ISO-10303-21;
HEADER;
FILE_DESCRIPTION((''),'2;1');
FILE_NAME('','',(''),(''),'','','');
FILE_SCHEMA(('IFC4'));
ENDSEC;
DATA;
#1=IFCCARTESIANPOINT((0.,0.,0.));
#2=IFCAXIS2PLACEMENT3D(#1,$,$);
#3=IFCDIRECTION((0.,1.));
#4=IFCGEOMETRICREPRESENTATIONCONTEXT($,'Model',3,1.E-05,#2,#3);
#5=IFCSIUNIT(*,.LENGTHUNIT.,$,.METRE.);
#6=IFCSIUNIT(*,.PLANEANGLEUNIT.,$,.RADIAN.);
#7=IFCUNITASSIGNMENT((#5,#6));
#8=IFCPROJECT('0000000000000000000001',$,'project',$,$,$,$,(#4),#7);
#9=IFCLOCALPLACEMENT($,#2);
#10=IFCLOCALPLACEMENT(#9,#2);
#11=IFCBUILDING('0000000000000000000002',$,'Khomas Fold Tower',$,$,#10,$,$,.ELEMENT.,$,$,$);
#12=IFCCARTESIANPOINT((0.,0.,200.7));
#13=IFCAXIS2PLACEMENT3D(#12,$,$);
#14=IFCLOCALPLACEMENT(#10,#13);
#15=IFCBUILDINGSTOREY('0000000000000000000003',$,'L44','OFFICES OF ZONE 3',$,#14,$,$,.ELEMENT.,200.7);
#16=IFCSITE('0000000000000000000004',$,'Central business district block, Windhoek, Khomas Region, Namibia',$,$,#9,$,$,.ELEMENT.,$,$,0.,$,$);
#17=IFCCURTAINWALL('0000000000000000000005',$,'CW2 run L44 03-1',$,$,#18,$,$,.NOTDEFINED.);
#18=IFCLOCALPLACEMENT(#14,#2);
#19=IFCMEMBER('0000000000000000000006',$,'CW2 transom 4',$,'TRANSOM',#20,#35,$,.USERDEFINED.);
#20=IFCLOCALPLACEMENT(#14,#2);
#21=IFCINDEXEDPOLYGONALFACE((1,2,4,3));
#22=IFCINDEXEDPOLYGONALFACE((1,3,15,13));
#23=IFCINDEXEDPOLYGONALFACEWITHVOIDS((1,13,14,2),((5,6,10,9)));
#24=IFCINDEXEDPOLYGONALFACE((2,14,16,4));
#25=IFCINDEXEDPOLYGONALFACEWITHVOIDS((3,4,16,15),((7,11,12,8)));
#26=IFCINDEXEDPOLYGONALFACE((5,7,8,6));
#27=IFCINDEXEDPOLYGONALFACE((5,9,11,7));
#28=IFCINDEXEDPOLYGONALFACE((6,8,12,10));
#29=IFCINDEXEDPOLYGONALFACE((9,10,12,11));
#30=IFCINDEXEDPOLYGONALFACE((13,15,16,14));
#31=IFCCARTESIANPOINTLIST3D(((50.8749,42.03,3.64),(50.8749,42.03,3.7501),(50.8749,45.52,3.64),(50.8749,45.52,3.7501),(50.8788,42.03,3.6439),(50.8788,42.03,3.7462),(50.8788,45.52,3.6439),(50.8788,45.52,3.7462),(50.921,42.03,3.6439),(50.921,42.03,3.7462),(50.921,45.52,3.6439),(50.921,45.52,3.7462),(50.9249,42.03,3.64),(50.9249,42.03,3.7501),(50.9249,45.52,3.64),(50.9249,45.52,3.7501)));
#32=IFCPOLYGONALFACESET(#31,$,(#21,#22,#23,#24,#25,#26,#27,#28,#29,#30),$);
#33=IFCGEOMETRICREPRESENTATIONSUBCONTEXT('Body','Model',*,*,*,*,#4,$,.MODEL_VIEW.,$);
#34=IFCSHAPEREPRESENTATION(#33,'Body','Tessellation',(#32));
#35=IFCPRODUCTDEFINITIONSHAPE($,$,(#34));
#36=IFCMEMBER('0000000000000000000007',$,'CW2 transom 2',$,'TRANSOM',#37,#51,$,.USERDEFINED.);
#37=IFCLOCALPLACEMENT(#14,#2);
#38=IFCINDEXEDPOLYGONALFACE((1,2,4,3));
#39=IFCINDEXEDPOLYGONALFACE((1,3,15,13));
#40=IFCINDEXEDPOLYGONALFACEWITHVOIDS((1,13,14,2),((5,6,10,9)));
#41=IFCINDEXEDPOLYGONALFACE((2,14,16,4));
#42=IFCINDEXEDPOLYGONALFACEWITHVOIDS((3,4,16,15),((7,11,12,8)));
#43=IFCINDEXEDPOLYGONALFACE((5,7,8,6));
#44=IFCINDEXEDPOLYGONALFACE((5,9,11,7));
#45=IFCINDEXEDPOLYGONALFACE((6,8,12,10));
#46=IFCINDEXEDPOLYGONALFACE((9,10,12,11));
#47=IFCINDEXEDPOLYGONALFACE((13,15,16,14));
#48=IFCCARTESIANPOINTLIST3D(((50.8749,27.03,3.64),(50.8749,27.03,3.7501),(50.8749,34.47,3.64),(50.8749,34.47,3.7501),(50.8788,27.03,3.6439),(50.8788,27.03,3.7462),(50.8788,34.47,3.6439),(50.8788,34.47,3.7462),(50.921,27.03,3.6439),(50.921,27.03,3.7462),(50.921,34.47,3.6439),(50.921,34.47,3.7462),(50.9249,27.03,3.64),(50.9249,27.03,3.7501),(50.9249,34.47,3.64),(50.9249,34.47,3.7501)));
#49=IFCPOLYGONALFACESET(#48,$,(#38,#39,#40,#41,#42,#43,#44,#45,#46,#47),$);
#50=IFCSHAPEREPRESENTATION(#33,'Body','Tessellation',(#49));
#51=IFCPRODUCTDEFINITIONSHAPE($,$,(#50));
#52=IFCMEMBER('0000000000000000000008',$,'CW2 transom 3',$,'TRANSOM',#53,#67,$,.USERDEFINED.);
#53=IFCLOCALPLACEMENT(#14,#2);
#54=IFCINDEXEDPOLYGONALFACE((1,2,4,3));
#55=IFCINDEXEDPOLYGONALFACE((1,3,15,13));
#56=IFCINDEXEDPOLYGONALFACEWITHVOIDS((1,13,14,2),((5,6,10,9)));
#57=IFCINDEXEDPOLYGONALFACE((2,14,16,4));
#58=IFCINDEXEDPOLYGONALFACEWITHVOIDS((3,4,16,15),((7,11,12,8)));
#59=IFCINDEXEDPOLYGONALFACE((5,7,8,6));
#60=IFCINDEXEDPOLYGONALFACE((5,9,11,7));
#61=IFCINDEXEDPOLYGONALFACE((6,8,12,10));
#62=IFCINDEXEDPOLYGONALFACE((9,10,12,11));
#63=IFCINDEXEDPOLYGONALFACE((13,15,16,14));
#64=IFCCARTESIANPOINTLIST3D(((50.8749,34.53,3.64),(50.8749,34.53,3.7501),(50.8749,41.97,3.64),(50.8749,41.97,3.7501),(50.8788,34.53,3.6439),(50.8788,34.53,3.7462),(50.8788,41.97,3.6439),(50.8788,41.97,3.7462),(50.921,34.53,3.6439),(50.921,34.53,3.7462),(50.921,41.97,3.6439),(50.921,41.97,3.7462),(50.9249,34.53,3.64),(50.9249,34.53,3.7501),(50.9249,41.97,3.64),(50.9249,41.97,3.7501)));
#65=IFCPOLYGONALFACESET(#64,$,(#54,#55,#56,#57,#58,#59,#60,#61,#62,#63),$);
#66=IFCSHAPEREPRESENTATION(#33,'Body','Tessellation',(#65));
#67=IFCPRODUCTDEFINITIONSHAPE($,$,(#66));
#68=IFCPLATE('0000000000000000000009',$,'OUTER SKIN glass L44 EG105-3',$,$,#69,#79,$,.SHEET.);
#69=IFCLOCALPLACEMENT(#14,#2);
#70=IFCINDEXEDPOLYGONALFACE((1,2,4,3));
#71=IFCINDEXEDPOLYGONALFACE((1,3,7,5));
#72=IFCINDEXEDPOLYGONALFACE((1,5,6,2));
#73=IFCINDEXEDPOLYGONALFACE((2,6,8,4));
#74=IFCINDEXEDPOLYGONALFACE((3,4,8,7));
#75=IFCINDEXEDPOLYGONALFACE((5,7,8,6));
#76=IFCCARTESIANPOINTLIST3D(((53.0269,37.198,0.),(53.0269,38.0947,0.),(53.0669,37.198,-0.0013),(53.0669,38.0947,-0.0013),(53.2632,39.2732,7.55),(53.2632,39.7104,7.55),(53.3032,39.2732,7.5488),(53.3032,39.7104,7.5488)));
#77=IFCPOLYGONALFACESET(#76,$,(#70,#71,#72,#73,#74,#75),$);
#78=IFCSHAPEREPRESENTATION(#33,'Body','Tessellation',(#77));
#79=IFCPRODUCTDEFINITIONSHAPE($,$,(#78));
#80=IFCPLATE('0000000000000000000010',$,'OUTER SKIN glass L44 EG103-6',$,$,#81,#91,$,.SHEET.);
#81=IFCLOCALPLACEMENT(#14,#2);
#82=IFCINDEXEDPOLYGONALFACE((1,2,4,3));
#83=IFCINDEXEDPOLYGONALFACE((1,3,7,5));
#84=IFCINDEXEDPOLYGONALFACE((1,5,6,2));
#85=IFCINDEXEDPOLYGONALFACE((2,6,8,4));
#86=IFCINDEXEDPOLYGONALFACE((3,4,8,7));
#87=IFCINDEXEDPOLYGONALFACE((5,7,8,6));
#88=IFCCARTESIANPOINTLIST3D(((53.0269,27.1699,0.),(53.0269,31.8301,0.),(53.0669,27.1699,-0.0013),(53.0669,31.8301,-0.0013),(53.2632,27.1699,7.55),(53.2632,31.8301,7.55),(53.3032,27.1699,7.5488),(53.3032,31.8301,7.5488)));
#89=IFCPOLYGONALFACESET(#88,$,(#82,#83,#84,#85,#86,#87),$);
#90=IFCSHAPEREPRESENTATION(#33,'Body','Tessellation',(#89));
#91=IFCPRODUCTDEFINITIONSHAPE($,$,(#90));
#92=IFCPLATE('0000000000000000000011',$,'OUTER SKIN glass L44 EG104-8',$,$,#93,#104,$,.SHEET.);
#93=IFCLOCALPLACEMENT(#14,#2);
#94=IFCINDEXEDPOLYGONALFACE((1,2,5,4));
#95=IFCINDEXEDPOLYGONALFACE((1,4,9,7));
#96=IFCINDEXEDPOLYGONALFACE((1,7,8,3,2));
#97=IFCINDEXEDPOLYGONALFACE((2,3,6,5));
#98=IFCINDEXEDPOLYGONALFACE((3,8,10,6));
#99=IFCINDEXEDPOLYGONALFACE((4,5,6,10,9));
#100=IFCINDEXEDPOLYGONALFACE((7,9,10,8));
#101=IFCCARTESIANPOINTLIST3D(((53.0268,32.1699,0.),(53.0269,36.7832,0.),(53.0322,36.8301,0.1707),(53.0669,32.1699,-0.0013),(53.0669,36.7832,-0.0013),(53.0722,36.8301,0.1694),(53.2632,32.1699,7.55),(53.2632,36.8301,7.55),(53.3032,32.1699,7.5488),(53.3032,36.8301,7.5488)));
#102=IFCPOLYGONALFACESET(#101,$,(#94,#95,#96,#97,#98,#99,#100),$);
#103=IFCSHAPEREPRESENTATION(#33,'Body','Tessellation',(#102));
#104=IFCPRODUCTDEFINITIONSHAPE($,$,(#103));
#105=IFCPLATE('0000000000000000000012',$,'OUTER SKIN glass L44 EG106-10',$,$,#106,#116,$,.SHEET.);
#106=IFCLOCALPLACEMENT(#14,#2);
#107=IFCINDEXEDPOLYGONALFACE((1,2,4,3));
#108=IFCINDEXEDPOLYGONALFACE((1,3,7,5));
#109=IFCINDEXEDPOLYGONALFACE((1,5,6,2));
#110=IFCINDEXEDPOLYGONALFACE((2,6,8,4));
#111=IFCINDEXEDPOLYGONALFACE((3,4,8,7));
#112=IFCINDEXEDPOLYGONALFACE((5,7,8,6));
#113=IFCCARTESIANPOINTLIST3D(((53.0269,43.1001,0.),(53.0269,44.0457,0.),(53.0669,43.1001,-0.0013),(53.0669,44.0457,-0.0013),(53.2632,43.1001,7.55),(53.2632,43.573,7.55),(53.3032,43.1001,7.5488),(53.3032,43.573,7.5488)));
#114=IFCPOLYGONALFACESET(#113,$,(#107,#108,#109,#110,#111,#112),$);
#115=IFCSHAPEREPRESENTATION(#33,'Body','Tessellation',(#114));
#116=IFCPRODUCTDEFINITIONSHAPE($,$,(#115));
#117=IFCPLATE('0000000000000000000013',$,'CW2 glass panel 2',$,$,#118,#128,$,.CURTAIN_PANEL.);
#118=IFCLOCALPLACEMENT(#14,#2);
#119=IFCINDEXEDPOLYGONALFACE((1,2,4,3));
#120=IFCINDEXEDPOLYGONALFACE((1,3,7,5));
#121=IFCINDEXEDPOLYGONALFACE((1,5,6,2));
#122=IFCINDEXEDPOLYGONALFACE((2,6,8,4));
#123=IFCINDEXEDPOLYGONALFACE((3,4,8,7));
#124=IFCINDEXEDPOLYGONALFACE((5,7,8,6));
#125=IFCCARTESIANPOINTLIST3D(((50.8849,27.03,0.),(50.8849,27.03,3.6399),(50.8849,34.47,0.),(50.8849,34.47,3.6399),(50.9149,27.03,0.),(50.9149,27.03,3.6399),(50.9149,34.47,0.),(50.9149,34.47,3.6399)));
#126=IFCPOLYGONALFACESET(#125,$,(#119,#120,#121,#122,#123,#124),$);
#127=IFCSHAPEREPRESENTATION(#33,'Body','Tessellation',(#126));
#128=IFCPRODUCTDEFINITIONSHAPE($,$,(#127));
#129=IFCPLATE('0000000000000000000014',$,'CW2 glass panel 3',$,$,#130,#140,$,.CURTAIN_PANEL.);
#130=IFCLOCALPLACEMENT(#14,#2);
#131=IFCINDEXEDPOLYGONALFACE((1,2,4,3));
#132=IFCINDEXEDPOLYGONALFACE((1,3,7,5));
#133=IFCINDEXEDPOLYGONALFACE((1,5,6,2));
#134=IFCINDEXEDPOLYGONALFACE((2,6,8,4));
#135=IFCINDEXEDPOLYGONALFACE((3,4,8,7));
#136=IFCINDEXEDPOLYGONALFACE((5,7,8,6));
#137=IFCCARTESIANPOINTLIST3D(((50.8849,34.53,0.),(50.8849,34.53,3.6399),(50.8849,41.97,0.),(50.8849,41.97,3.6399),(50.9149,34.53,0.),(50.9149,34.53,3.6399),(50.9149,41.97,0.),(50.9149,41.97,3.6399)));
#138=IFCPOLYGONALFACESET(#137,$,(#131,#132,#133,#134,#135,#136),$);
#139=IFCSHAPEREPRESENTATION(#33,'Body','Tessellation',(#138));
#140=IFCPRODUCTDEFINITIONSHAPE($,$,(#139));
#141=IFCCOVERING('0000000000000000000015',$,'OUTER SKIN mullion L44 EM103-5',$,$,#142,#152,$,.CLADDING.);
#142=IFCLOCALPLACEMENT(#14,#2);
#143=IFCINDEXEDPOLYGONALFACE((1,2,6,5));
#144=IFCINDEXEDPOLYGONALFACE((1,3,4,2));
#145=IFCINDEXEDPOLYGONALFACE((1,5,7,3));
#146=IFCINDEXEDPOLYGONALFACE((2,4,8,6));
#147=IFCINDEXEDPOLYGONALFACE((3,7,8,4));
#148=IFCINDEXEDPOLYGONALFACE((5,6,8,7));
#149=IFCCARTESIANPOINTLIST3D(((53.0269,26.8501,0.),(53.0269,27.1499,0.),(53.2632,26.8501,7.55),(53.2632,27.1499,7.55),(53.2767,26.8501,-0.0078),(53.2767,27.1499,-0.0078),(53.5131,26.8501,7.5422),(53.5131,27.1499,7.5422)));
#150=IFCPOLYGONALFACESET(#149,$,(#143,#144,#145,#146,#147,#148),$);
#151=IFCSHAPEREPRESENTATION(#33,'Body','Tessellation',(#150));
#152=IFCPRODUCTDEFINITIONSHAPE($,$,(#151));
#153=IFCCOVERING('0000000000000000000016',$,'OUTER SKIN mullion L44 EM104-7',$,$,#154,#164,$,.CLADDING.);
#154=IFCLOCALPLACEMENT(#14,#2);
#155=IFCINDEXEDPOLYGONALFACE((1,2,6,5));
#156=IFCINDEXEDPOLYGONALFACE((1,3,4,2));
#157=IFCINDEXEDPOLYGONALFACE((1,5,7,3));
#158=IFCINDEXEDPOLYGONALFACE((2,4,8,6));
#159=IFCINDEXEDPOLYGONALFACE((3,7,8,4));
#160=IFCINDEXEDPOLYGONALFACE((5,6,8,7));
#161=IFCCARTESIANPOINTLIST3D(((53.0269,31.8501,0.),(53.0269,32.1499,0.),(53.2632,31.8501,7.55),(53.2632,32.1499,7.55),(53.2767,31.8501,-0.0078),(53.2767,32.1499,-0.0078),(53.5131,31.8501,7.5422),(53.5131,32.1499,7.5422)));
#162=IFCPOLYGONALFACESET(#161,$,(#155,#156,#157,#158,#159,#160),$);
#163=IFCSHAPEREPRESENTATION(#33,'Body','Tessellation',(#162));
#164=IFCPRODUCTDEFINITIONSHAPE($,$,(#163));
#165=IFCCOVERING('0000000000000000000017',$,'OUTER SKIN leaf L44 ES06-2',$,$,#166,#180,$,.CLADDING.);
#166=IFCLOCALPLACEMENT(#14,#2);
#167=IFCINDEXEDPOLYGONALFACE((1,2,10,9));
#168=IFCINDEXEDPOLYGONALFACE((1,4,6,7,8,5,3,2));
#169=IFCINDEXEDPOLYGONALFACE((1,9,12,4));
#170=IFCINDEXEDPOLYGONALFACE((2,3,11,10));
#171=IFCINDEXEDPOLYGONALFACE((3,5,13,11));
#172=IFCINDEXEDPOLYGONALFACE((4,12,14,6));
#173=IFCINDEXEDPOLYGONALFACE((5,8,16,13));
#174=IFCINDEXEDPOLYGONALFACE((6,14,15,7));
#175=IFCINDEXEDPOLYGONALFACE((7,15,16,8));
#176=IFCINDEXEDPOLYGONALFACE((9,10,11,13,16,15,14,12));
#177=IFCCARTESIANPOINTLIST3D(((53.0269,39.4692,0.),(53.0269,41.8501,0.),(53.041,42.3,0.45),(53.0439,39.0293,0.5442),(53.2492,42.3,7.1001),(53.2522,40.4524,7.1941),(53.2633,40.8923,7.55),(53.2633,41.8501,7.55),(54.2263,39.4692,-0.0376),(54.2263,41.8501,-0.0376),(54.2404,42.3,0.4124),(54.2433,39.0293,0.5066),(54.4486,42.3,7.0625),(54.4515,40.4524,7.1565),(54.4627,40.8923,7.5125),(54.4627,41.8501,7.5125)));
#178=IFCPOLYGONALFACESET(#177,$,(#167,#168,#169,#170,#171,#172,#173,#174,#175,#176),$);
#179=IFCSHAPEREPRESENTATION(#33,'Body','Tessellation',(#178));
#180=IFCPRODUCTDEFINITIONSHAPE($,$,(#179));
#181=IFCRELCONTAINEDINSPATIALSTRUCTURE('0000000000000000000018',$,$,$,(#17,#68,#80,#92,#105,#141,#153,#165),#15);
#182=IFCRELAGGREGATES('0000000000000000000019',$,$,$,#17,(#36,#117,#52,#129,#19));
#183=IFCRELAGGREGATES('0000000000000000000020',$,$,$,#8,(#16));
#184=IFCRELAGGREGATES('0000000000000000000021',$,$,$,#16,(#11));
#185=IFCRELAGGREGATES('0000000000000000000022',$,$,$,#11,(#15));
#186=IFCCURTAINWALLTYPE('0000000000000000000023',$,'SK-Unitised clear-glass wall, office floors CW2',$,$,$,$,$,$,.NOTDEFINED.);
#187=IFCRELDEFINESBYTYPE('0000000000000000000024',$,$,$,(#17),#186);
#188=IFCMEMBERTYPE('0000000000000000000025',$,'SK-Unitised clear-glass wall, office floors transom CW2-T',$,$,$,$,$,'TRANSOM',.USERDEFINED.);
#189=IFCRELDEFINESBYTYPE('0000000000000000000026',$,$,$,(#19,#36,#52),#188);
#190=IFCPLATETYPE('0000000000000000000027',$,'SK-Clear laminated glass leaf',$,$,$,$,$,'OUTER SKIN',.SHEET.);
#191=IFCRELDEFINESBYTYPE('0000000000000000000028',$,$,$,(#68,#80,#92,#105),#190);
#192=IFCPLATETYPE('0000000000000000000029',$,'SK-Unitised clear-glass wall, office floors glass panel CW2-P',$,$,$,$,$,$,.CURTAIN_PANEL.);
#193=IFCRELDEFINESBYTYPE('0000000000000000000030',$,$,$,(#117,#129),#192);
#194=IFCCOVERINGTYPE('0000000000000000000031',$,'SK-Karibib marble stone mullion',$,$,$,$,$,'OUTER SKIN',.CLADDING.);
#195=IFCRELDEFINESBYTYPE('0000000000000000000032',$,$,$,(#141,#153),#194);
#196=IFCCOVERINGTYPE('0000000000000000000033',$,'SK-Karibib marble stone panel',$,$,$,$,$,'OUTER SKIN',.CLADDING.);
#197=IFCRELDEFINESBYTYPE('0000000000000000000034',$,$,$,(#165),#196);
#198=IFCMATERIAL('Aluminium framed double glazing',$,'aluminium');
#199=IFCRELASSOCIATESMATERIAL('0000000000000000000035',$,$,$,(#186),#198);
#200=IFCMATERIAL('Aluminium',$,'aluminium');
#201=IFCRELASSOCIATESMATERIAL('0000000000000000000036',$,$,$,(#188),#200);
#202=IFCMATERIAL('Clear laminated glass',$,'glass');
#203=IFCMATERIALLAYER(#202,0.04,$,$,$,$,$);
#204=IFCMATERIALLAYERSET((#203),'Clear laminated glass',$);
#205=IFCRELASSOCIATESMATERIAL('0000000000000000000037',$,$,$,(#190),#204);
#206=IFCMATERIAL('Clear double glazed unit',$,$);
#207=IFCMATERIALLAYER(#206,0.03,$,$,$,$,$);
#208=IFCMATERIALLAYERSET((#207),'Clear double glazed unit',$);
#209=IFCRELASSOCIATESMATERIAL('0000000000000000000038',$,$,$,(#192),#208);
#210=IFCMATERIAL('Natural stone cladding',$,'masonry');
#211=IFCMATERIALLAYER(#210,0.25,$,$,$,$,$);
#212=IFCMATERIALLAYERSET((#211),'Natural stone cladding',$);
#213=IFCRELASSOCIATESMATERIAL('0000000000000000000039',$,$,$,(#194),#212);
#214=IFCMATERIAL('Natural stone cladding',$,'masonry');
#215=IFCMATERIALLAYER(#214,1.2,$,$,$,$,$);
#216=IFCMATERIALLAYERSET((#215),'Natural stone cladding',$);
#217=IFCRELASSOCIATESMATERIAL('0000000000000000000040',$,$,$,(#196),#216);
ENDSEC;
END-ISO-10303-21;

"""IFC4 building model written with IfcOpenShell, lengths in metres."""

from ifc_helpers import new_model, si_unit, direction, frame, origin, origin_2d, place, context, subcontext, project, spatial, polyline, rectangle, hollow_rectangle, outline, extrude, source, transform, mapped, material, layer, layer_set, material_profile, profile_set, type_object, element, aggregate, save


model = new_model("IFC4")

# Units and contexts
model_context = context("Model", 3, precision=1e-05, world=origin(), true_north=direction((0.0, 1.0)))
body_context = subcontext(model_context, "Body", "Model", "MODEL_VIEW")
ifc_project = project(units=[si_unit("LENGTHUNIT", "METRE"), si_unit("PLANEANGLEUNIT", "RADIAN")], contexts=[model_context])

# Site, building, storey
site_placement = place(None, origin())
site = spatial("IfcSite", under=ifc_project, at=site_placement, Name="Central business district block, Windhoek, Khomas Region, Namibia", CompositionType="ELEMENT", RefElevation=0.0)
building_placement = place(site_placement, origin())
building = spatial("IfcBuilding", under=site, at=building_placement, Name="Khomas Fold Tower", CompositionType="ELEMENT")
storey_placement = place(building_placement, frame((0.0, 0.0, 200.7)))
storey = spatial("IfcBuildingStorey", under=building, at=storey_placement, Name="L44", Description="OFFICES OF ZONE 3", CompositionType="ELEMENT", Elevation=200.7)

# Curtain wall, members
ifc_material_1 = material(Name="Aluminium framed double glazing", Category="aluminium")
curtain_wall_type = type_object("IfcCurtainWallType", Name="SK-Unitised clear-glass wall, office floors CW2", PredefinedType="NOTDEFINED", material=ifc_material_1)
curtain_wall_placement = place(storey_placement, origin())
curtain_wall = element("IfcCurtainWall", 1, at=curtain_wall_placement, inside=storey, type_object=curtain_wall_type, Name="CW2 run L44 03-1", PredefinedType="NOTDEFINED")
ifc_material_2 = material(Name="Aluminium", Category="aluminium")
ifc_material_profile_1 = material_profile(ifc_material_2, hollow_rectangle(XDim=0.05, YDim=0.1101, WallThickness=0.0039, at=origin_2d()), Name="SK-Unitised clear-glass wall, office floors transom CW2-T")
ifc_profile_set_1 = profile_set([ifc_material_profile_1], Name="Aluminium")
member_type_1 = type_object("IfcMemberType", Name="SK-Unitised clear-glass wall, office floors transom CW2-T", ElementType="TRANSOM", PredefinedType="USERDEFINED", material=ifc_profile_set_1)
shared_shape_1 = source(origin(), body_context, "Body", "SweptSolid", [
    extrude(hollow_rectangle(XDim=0.05, YDim=0.1101, WallThickness=0.0039, at=origin_2d()), origin(), (0.0, 0.0, 1.0), 3.49),
])
member_1_placement = place(storey_placement, frame((50.8999, 42.03, 3.6951), z_axis=(0.0, 1.0, 0.0), x_axis=(-1.0, 0.0, 0.0)))
member_1 = element("IfcMember", 2, at=member_1_placement, type_object=member_type_1, Name="CW2 transom 4", ObjectType="TRANSOM", PredefinedType="USERDEFINED", context=body_context, shape_type="MappedRepresentation", body=[
    mapped(shared_shape_1, transform((0.0, 0.0, 0.0))),
])
shared_shape_2 = source(origin(), body_context, "Body", "SweptSolid", [
    extrude(hollow_rectangle(XDim=0.05, YDim=0.1101, WallThickness=0.0039, at=origin_2d()), origin(), (0.0, 0.0, 1.0), 7.4399),
])
member_2_placement = place(storey_placement, frame((50.8999, 27.03, 3.6951), z_axis=(0.0, 1.0, 0.0), x_axis=(-1.0, 0.0, 0.0)))
member_2 = element("IfcMember", 3, at=member_2_placement, type_object=member_type_1, Name="CW2 transom 2", ObjectType="TRANSOM", PredefinedType="USERDEFINED", context=body_context, shape_type="MappedRepresentation", body=[
    mapped(shared_shape_2, transform((0.0, 0.0, 0.0))),
])
member_3_placement = place(storey_placement, frame((50.8999, 34.53, 3.6951), z_axis=(0.0, 1.0, 0.0), x_axis=(-1.0, 0.0, 0.0)))
member_3 = element("IfcMember", 4, at=member_3_placement, type_object=member_type_1, Name="CW2 transom 3", ObjectType="TRANSOM", PredefinedType="USERDEFINED", context=body_context, shape_type="MappedRepresentation", body=[
    mapped(shared_shape_2, transform((0.0, 0.0, 0.0))),
])

# Plates
ifc_material_3 = material(Name="Clear laminated glass", Category="glass")
ifc_layer_1 = layer(ifc_material_3, 0.04)
ifc_layer_set_1 = layer_set([ifc_layer_1], Name="Clear laminated glass")
plate_type_1 = type_object("IfcPlateType", Name="SK-Clear laminated glass leaf", ElementType="OUTER SKIN", PredefinedType="SHEET", material=ifc_layer_set_1)
plate_1_placement = place(storey_placement, frame((53.2632, 39.2732, 7.55), z_axis=(-0.99951, 0.0, 0.031286), x_axis=(0.0, 1.0, 0.0)))
element("IfcPlate", 5, at=plate_1_placement, inside=storey, type_object=plate_type_1, Name="OUTER SKIN glass L44 EG105-3", PredefinedType="SHEET", context=body_context, shape_type="SweptSolid", body=[
    extrude(outline(polyline([(0.0, 0.0), (0.4373, 0.0), (-1.1785, 7.5537), (-2.0752, 7.5537), (0.0, 0.0)])), origin(), (0.0, 0.0, -1.0), 0.04),
])
plate_2_placement = place(storey_placement, frame((53.2632, 31.8301, 7.55), z_axis=(-0.99951, 0.0, 0.031286), x_axis=(-0.031286, 0.0, -0.99951)))
element("IfcPlate", 6, at=plate_2_placement, inside=storey, type_object=plate_type_1, Name="OUTER SKIN glass L44 EG103-6", PredefinedType="SHEET", context=body_context, shape_type="SweptSolid", body=[
    extrude(outline(polyline([(0.0, 0.0), (7.5537, 0.0), (7.5537, 4.6602), (0.0, 4.6602), (0.0, 0.0)])), origin(), (0.0, 0.0, -1.0), 0.04),
])
plate_3_placement = place(storey_placement, frame((53.2632, 36.8301, 7.55), z_axis=(-0.99951, 0.000003, 0.031286), x_axis=(-0.031286, 0.0, -0.99951)))
element("IfcPlate", 7, at=plate_3_placement, inside=storey, type_object=plate_type_1, Name="OUTER SKIN glass L44 EG104-8", PredefinedType="SHEET", context=body_context, shape_type="SweptSolid", body=[
    extrude(outline(polyline([(0.0, 0.0), (7.383, 0.0), (7.5537, 0.0469), (7.5537, 4.6602), (0.0, 4.6602), (0.0, 0.0)])), origin(), (0.0, 0.0, -1.0), 0.04),
])
plate_4_placement = place(storey_placement, frame((53.2632, 43.1001, 7.55), z_axis=(-0.99951, 0.0, 0.031286), x_axis=(0.0, 1.0, 0.0)))
element("IfcPlate", 8, at=plate_4_placement, inside=storey, type_object=plate_type_1, Name="OUTER SKIN glass L44 EG106-10", PredefinedType="SHEET", context=body_context, shape_type="SweptSolid", body=[
    extrude(outline(polyline([(0.0, 0.0), (0.4729, 0.0), (0.9456, 7.5537), (0.0, 7.5537), (0.0, 0.0)])), origin(), (0.0, 0.0, -1.0), 0.04),
])

# Plates
ifc_material_4 = material(Name="Clear double glazed unit")
ifc_layer_2 = layer(ifc_material_4, 0.03)
ifc_layer_set_2 = layer_set([ifc_layer_2], Name="Clear double glazed unit")
plate_type_2 = type_object("IfcPlateType", Name="SK-Unitised clear-glass wall, office floors glass panel CW2-P", PredefinedType="CURTAIN_PANEL", material=ifc_layer_set_2)
shared_shape_3 = source(origin(), body_context, "Body", "SweptSolid", [
    extrude(rectangle(XDim=7.4399, YDim=0.03, at=origin_2d()), origin(), (0.0, 0.0, 1.0), 3.6399),
])
plate_5_placement = place(storey_placement, frame((50.8999, 30.75, 0.0), z_axis=(0.0, 0.0, 1.0), x_axis=(0.0, 1.0, 0.0)))
plate_5 = element("IfcPlate", 9, at=plate_5_placement, type_object=plate_type_2, Name="CW2 glass panel 2", PredefinedType="CURTAIN_PANEL", context=body_context, shape_type="MappedRepresentation", body=[
    mapped(shared_shape_3, transform((0.0, 0.0, 0.0))),
])
plate_6_placement = place(storey_placement, frame((50.8999, 38.25, 0.0), z_axis=(0.0, 0.0, 1.0), x_axis=(0.0, 1.0, 0.0)))
plate_6 = element("IfcPlate", 10, at=plate_6_placement, type_object=plate_type_2, Name="CW2 glass panel 3", PredefinedType="CURTAIN_PANEL", context=body_context, shape_type="MappedRepresentation", body=[
    mapped(shared_shape_3, transform((0.0, 0.0, 0.0))),
])
aggregate(curtain_wall, [member_2, plate_5, member_3, plate_6, member_1])

# Coverings
ifc_material_5 = material(Name="Natural stone cladding", Category="masonry")
ifc_layer_3 = layer(ifc_material_5, 0.25)
ifc_layer_set_3 = layer_set([ifc_layer_3], Name="Natural stone cladding")
covering_type_1 = type_object("IfcCoveringType", Name="SK-Karibib marble stone mullion", ElementType="OUTER SKIN", PredefinedType="CLADDING", material=ifc_layer_set_3)
for number, where, z_axis, x_axis, name in (
    (11, (53.2632, 27.1499, 7.55), (-0.99951, 0.0, 0.031286), (-0.031286, 0.0, -0.99951), "OUTER SKIN mullion L44 EM103-5"),
    (12, (53.2632, 32.1499, 7.55), (-0.99951, 0.0, 0.031286), (-0.031286, 0.0, -0.99951), "OUTER SKIN mullion L44 EM104-7"),
):
    element("IfcCovering", number, at=place(storey_placement, frame(where, z_axis=z_axis, x_axis=x_axis)), inside=storey, type_object=covering_type_1, Name=name, PredefinedType="CLADDING", context=body_context, shape_type="SweptSolid", body=[
        extrude(outline(polyline([(0.0, 0.0), (7.5537, 0.0), (7.5537, 0.2998), (0.0, 0.2998), (0.0, 0.0)])), origin(), (0.0, 0.0, -1.0), 0.25),
    ])
ifc_material_6 = material(Name="Natural stone cladding", Category="masonry")
ifc_layer_4 = layer(ifc_material_6, 1.2)
ifc_layer_set_4 = layer_set([ifc_layer_4], Name="Natural stone cladding")
covering_type_2 = type_object("IfcCoveringType", Name="SK-Karibib marble stone panel", ElementType="OUTER SKIN", PredefinedType="CLADDING", material=ifc_layer_set_4)
covering_1_placement = place(storey_placement, frame((53.0439, 39.0293, 0.5442), z_axis=(-0.99951, 0.000006, 0.031296), x_axis=(0.030605, 0.209166, 0.977401)))
element("IfcCovering", 13, at=covering_1_placement, inside=storey, type_object=covering_type_2, Name="OUTER SKIN leaf L44 ES06-2", PredefinedType="CLADDING", context=body_context, shape_type="SweptSolid", body=[
    extrude(outline(polyline([(0.0, 0.0), (6.8037, 0.0), (7.2439, 0.3557), (7.4443, 1.2923), (7.0982, 1.8265), (0.5919, 3.2181), (0.0576, 2.8723), (-0.4404, 0.5441), (0.0, 0.0)])), origin(), (0.0, 0.0, -1.0), 1.2),
])

save(model, "model.ifc")
